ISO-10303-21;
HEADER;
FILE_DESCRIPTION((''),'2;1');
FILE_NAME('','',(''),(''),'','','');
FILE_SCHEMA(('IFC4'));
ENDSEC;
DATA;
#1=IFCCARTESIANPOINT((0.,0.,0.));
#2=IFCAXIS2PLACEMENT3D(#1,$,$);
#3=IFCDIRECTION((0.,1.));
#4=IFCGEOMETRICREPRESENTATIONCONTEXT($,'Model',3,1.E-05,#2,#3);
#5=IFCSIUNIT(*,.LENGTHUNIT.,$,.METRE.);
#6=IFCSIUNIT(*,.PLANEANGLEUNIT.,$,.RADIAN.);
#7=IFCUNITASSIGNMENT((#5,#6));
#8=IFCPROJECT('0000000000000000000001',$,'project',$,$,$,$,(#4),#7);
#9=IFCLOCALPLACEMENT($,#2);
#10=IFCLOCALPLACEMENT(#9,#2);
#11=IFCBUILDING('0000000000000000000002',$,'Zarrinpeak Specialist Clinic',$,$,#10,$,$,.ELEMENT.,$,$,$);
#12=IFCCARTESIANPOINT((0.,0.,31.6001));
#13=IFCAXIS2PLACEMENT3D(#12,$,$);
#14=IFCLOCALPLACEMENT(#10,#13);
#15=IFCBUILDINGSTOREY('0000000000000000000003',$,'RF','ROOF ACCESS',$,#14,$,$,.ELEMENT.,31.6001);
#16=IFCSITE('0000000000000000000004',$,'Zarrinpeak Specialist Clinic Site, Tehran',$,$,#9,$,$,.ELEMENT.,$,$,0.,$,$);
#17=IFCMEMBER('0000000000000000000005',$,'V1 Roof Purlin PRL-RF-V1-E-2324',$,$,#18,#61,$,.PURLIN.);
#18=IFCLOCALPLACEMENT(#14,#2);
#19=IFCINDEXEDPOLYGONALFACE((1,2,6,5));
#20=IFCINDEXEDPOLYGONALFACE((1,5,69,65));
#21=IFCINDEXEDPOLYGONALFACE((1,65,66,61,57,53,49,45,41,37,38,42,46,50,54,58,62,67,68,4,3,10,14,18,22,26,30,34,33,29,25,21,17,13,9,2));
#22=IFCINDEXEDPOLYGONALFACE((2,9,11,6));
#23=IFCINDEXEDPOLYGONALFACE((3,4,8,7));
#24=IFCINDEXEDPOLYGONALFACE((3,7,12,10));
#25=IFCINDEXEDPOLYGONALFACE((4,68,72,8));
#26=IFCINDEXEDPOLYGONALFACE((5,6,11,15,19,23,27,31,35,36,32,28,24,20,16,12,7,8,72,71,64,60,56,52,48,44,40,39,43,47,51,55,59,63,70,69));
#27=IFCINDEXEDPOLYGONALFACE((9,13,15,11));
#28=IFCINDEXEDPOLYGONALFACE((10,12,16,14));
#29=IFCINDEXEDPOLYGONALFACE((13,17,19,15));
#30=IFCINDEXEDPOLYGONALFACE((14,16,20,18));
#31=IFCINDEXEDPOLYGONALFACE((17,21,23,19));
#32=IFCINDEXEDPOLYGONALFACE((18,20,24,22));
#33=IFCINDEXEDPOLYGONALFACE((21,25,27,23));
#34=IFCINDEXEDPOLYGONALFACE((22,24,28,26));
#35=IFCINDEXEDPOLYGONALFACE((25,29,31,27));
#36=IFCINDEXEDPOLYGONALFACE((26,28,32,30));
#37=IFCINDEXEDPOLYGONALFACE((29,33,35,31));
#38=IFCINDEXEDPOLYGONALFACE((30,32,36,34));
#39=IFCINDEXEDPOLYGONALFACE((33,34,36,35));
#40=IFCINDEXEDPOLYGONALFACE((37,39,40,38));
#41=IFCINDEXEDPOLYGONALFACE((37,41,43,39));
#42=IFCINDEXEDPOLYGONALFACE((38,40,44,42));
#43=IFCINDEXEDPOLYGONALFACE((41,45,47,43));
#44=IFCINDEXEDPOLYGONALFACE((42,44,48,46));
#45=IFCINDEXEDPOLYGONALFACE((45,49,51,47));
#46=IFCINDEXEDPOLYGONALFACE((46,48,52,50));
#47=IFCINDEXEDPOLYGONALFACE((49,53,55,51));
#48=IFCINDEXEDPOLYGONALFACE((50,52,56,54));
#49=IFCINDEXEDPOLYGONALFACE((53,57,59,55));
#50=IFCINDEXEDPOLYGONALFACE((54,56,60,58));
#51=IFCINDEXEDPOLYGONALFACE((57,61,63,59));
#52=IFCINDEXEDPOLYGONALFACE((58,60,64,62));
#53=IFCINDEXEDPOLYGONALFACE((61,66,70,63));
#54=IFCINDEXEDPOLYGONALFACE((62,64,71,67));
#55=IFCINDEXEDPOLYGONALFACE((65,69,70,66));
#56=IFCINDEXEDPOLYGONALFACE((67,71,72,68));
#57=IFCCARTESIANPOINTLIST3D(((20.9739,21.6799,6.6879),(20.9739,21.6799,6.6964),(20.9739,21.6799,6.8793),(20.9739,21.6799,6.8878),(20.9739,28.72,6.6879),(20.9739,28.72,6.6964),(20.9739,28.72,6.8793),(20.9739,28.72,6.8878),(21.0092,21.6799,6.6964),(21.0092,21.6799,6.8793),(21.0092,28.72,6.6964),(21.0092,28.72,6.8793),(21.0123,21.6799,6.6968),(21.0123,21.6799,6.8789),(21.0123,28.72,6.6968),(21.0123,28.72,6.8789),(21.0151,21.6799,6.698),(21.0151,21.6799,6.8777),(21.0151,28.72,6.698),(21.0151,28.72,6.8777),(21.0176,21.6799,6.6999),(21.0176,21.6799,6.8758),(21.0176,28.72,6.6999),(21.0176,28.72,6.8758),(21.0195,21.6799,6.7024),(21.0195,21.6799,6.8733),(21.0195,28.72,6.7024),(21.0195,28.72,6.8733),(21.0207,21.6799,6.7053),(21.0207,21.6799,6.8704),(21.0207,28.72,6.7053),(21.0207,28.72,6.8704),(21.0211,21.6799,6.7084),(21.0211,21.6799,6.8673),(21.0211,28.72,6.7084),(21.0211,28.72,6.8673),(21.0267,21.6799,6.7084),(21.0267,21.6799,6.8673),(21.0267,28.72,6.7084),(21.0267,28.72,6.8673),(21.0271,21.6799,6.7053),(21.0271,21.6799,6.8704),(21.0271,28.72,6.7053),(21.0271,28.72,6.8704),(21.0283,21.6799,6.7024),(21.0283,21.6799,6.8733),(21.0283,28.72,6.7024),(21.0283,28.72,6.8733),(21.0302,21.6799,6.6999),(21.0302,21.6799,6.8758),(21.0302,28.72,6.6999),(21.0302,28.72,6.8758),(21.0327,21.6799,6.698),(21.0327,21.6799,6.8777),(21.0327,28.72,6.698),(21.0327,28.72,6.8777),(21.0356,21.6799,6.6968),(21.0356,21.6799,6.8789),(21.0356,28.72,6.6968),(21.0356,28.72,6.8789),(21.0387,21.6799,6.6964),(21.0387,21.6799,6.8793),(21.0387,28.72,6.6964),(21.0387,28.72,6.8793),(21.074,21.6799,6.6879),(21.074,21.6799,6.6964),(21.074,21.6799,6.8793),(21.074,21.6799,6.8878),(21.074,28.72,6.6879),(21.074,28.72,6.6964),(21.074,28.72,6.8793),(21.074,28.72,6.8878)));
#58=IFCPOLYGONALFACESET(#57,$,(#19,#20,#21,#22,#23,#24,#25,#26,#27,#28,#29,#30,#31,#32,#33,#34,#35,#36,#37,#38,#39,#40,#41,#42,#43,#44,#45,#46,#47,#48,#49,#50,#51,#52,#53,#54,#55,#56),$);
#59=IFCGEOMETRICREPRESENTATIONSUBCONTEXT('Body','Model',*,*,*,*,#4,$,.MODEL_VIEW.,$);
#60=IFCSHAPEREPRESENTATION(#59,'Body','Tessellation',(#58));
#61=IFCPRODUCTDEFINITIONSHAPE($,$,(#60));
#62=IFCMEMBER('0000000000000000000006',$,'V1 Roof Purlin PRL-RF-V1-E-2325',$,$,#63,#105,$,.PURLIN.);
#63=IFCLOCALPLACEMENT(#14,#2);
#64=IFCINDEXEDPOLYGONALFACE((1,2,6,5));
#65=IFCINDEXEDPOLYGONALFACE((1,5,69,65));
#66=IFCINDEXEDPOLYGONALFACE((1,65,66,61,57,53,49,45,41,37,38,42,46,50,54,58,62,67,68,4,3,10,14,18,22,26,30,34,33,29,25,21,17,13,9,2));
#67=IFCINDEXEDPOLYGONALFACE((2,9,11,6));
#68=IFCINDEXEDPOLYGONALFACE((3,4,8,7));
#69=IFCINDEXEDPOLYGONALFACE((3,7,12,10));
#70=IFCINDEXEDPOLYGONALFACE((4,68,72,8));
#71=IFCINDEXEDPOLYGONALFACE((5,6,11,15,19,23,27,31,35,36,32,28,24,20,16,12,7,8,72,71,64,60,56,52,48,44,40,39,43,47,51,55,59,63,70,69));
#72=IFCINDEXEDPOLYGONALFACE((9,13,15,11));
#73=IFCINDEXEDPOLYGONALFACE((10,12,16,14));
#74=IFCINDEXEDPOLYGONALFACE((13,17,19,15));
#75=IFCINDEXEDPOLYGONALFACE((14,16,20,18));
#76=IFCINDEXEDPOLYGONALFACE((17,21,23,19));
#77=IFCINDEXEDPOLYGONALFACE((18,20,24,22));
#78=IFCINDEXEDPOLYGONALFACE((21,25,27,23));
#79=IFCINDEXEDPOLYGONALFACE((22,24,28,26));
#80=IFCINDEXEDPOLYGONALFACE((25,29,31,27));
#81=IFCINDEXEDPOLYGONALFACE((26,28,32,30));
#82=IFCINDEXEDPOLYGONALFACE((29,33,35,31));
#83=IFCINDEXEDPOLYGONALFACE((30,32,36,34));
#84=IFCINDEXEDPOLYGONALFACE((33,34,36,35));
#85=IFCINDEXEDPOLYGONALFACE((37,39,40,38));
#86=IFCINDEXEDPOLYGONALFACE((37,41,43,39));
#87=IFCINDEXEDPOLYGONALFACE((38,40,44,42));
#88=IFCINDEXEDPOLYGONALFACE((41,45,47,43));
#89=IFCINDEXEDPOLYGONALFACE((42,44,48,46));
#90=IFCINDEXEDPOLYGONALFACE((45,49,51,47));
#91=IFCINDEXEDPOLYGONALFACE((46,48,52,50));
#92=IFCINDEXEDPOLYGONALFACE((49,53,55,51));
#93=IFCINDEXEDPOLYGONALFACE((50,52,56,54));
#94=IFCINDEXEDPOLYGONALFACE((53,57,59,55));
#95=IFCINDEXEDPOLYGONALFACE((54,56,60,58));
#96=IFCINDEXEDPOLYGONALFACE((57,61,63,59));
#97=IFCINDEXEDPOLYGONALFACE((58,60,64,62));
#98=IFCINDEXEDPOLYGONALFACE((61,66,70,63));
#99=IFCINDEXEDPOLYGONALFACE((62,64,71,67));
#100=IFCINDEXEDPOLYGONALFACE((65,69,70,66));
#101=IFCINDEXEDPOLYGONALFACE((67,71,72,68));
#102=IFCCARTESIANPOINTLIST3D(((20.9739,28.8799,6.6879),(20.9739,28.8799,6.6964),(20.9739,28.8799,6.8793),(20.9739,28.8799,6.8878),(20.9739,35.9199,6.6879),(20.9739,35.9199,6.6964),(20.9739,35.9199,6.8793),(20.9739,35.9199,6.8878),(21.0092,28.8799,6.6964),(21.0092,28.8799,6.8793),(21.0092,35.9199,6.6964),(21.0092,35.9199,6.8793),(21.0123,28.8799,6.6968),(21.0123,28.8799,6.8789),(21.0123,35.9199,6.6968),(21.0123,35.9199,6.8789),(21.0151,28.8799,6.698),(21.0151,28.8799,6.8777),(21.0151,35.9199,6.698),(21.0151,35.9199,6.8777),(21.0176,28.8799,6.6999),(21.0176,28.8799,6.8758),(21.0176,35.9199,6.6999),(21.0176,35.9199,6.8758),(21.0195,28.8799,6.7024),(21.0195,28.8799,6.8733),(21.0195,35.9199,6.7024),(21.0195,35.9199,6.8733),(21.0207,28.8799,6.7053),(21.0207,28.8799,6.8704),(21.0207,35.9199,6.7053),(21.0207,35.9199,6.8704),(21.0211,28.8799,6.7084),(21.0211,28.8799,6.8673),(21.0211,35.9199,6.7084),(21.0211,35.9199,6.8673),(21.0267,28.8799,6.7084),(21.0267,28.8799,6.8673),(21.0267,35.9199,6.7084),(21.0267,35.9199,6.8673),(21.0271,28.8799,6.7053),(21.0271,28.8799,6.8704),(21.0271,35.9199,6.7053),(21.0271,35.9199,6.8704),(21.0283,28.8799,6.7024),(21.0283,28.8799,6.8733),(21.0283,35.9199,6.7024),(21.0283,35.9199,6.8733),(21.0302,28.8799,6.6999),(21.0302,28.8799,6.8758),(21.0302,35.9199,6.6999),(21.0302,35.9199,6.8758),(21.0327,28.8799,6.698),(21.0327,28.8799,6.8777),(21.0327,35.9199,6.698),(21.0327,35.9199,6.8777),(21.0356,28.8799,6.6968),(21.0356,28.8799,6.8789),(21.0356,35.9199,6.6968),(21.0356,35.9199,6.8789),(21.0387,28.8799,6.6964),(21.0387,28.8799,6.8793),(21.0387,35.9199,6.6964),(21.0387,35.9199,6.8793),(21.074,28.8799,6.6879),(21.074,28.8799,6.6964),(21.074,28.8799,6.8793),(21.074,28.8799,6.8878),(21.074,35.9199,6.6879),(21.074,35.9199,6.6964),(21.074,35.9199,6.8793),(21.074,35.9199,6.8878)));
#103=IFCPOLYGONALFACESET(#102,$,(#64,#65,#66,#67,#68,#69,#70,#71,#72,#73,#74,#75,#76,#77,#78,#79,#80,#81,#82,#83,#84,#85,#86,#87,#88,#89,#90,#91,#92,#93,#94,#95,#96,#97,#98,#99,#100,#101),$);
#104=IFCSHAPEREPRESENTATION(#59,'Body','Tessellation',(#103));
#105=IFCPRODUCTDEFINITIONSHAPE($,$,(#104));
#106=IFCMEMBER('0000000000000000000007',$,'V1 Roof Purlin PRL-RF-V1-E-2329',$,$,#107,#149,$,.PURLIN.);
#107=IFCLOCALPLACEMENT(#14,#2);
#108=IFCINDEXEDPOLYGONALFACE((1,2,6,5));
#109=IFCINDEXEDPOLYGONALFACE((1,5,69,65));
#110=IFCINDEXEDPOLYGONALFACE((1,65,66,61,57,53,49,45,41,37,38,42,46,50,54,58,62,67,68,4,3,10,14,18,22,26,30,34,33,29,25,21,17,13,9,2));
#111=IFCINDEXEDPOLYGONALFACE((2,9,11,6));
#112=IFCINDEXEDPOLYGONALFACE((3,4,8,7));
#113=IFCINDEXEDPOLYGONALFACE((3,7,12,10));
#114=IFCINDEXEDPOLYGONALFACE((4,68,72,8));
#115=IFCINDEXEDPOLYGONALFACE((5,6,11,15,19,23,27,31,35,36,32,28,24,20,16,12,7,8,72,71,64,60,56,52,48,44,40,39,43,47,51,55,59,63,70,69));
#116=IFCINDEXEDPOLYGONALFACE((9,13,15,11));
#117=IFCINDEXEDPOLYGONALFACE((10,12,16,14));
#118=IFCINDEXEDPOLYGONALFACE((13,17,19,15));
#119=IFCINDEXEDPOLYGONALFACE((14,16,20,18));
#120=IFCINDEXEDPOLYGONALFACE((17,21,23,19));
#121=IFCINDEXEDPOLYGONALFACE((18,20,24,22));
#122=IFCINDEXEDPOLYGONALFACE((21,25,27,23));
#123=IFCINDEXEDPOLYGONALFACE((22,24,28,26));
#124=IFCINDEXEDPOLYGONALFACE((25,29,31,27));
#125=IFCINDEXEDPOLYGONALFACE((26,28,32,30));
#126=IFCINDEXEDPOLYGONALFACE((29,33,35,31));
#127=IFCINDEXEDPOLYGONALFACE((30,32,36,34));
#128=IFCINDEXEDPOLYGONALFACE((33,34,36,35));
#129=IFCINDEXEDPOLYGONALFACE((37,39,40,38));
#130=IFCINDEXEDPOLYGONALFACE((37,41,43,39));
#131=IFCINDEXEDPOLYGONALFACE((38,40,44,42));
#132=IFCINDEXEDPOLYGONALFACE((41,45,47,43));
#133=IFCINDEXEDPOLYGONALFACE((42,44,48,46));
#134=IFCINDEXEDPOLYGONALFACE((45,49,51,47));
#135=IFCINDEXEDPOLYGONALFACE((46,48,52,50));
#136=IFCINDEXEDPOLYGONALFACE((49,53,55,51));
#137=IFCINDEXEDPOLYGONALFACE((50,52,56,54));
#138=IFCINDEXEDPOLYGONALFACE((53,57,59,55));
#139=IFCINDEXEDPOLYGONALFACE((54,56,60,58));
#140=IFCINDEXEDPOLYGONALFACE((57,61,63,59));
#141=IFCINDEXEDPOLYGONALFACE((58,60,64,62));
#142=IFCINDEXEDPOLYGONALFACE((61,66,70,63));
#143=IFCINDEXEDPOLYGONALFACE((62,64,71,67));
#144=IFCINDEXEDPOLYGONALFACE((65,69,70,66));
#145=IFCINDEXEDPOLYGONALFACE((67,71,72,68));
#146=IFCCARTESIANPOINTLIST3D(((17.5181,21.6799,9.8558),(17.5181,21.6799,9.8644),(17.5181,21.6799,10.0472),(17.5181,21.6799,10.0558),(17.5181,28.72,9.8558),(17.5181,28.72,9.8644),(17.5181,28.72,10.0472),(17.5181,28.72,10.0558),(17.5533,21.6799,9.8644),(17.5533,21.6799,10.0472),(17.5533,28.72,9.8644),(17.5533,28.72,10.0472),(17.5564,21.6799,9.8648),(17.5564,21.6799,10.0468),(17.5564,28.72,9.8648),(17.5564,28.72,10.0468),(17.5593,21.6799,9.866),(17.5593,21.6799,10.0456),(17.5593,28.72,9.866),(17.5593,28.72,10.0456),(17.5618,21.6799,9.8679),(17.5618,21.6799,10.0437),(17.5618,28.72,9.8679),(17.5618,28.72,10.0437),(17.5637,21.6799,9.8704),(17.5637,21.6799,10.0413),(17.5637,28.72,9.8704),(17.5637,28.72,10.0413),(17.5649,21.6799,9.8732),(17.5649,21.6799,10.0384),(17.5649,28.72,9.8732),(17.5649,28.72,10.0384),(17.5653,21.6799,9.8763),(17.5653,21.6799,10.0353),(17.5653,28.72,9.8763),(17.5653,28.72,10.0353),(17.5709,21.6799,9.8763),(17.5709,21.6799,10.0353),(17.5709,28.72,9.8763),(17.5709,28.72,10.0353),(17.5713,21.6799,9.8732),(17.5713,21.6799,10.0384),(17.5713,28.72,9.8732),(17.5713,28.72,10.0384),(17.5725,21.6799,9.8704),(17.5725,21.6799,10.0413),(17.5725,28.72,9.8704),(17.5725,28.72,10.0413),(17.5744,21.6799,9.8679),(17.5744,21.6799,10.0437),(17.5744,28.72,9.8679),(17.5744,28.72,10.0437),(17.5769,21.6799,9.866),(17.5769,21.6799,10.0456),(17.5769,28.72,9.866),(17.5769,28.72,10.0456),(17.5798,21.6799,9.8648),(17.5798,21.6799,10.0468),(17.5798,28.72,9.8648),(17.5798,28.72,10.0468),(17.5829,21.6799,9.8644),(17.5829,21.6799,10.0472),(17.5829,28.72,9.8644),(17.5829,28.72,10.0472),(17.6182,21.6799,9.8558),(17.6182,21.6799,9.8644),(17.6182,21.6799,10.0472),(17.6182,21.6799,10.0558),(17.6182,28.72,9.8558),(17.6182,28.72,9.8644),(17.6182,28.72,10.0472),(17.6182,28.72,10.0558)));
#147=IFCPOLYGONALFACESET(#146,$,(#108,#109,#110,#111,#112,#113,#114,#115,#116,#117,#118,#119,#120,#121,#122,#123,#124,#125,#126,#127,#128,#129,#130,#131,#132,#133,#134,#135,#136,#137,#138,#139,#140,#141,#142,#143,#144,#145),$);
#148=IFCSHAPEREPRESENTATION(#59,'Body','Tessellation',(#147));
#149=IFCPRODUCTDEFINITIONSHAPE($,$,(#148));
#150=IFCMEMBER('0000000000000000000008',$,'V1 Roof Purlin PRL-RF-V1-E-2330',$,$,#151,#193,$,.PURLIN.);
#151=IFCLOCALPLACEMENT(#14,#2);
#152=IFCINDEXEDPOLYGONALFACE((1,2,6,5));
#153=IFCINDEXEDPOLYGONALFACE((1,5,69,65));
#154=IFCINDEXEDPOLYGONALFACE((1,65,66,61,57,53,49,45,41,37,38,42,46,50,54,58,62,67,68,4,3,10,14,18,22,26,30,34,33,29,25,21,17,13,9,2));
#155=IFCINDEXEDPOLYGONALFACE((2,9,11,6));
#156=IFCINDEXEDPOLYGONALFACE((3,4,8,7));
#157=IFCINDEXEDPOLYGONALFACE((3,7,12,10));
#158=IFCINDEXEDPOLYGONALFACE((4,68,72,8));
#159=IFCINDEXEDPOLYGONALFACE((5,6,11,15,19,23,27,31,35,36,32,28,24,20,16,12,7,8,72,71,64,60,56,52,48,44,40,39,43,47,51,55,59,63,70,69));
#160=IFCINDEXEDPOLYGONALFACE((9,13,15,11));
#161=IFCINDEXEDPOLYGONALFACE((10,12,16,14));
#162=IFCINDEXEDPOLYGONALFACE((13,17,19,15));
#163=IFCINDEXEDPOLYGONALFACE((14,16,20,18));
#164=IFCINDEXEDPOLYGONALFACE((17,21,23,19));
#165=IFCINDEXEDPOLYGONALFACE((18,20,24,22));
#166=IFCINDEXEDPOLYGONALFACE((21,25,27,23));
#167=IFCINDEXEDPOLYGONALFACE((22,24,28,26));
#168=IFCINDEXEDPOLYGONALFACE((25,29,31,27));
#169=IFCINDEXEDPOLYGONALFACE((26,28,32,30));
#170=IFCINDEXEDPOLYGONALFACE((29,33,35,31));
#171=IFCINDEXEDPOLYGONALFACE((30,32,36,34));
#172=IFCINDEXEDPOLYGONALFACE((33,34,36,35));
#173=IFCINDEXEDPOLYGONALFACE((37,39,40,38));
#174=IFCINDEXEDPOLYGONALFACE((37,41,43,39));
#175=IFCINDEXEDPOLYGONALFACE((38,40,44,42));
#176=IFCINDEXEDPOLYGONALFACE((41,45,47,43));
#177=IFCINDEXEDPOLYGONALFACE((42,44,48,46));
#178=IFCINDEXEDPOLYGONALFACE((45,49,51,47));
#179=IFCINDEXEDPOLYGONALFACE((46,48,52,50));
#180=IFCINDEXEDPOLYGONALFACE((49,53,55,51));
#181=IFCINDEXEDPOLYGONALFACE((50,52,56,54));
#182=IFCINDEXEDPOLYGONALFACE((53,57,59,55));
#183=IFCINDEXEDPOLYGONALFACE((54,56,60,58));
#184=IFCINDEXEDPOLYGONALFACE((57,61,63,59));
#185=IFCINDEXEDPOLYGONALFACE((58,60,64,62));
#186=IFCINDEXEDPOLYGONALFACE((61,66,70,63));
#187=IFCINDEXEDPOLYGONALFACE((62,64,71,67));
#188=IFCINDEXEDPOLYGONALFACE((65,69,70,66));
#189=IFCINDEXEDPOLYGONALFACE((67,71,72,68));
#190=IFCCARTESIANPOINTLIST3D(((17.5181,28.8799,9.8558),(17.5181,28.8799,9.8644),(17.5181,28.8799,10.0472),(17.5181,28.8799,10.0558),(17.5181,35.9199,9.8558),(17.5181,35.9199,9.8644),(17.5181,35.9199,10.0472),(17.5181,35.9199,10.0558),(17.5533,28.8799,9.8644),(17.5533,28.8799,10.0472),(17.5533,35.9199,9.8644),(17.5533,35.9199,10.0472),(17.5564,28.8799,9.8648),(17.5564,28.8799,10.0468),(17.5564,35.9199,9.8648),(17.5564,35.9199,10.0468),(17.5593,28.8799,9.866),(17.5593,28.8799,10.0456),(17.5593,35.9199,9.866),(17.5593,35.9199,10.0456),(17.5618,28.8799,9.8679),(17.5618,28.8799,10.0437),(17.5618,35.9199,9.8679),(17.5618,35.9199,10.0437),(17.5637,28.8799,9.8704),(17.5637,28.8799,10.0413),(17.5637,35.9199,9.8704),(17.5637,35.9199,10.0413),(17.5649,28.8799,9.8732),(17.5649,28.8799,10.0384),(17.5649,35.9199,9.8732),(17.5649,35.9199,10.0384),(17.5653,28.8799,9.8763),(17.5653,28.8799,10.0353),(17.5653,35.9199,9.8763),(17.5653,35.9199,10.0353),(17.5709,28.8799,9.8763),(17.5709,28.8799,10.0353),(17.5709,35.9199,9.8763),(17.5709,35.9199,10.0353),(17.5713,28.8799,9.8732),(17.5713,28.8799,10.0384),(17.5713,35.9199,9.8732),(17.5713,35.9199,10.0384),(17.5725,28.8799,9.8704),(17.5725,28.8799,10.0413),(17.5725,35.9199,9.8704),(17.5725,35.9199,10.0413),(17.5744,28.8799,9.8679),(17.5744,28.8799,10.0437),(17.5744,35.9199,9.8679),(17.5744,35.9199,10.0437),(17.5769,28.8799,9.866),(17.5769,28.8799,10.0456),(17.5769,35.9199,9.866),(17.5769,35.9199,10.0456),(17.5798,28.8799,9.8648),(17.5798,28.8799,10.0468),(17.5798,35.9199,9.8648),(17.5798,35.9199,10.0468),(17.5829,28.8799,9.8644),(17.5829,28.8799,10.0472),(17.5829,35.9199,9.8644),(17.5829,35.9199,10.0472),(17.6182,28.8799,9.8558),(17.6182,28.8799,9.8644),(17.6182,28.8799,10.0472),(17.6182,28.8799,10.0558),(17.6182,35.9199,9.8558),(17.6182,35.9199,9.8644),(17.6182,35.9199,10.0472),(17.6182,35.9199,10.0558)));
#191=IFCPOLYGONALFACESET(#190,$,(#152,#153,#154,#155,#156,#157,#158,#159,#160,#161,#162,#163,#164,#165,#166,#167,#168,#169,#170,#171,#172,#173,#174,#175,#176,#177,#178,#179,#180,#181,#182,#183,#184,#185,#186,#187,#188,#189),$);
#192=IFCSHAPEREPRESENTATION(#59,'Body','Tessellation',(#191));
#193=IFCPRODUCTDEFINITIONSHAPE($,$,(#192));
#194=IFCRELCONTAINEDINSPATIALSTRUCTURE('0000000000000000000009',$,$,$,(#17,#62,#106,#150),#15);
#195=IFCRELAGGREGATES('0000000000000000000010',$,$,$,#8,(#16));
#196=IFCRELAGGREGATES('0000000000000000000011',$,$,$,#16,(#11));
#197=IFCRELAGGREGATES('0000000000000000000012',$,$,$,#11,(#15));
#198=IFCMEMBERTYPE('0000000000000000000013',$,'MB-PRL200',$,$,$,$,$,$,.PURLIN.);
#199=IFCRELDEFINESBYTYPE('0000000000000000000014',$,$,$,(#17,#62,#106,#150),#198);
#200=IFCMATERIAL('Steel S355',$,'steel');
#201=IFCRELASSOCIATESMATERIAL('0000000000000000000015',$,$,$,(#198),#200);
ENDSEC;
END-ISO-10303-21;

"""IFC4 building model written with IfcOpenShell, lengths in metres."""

from ifc_helpers import new_model, si_unit, direction, frame, origin, origin_2d, place, context, subcontext, project, spatial, i_section, extrude, material, material_profile, profile_set, type_object, element, save


model = new_model("IFC4")

# Units and contexts
model_context = context("Model", 3, precision=1e-05, world=origin(), true_north=direction((0.0, 1.0)))
body_context = subcontext(model_context, "Body", "Model", "MODEL_VIEW")
ifc_project = project(units=[si_unit("LENGTHUNIT", "METRE"), si_unit("PLANEANGLEUNIT", "RADIAN")], contexts=[model_context])

# Site, building, storey
site_placement = place(None, origin())
site = spatial("IfcSite", under=ifc_project, at=site_placement, Name="Zarrinpeak Specialist Clinic Site, Tehran", CompositionType="ELEMENT", RefElevation=0.0)
building_placement = place(site_placement, origin())
building = spatial("IfcBuilding", under=site, at=building_placement, Name="Zarrinpeak Specialist Clinic", CompositionType="ELEMENT")
storey_placement = place(building_placement, frame((0.0, 0.0, 31.6001)))
storey = spatial("IfcBuildingStorey", under=building, at=storey_placement, Name="RF", Description="ROOF ACCESS", CompositionType="ELEMENT", Elevation=31.6001)

# Shared definitions
ifc_material_1 = material(Name="Steel S355", Category="steel")

# Members
ifc_material_profile_1 = material_profile(ifc_material_1, i_section(OverallWidth=0.1001, OverallDepth=0.2, WebThickness=0.0056, FlangeThickness=0.0085, FilletRadius=0.012, at=origin_2d()), Name="IPE 200")
ifc_profile_set_1 = profile_set([ifc_material_profile_1], Name="Steel S355")
member_type_1 = type_object("IfcMemberType", Name="MB-PRL200", PredefinedType="PURLIN", material=ifc_profile_set_1)
for number, where, z_axis, x_axis, name in (
    (1, (21.0239, 21.6799, 6.7878), (0.0, 1.0, 0.0), (-1.0, 0.0, 0.0), "V1 Roof Purlin PRL-RF-V1-E-2324"),
    (2, (21.0239, 28.8799, 6.7878), (0.0, 1.0, 0.0), (-1.0, 0.0, 0.0), "V1 Roof Purlin PRL-RF-V1-E-2325"),
    (3, (17.5681, 21.6799, 9.9558), (0.0, 1.0, 0.0), (-1.0, 0.0, 0.0), "V1 Roof Purlin PRL-RF-V1-E-2329"),
    (4, (17.5681, 28.8799, 9.9558), (0.0, 1.0, 0.0), (-1.0, 0.0, 0.0), "V1 Roof Purlin PRL-RF-V1-E-2330"),
):
    element("IfcMember", number, at=place(storey_placement, frame(where, z_axis=z_axis, x_axis=x_axis)), inside=storey, type_object=member_type_1, Name=name, PredefinedType="PURLIN", context=body_context, shape_type="SweptSolid", body=[
        extrude(i_section(OverallWidth=0.1001, OverallDepth=0.2, WebThickness=0.0056, FlangeThickness=0.0085, FilletRadius=0.012, at=origin_2d()), origin(), (0.0, 0.0, 1.0), 7.04),
    ])

save(model, "model.ifc")
